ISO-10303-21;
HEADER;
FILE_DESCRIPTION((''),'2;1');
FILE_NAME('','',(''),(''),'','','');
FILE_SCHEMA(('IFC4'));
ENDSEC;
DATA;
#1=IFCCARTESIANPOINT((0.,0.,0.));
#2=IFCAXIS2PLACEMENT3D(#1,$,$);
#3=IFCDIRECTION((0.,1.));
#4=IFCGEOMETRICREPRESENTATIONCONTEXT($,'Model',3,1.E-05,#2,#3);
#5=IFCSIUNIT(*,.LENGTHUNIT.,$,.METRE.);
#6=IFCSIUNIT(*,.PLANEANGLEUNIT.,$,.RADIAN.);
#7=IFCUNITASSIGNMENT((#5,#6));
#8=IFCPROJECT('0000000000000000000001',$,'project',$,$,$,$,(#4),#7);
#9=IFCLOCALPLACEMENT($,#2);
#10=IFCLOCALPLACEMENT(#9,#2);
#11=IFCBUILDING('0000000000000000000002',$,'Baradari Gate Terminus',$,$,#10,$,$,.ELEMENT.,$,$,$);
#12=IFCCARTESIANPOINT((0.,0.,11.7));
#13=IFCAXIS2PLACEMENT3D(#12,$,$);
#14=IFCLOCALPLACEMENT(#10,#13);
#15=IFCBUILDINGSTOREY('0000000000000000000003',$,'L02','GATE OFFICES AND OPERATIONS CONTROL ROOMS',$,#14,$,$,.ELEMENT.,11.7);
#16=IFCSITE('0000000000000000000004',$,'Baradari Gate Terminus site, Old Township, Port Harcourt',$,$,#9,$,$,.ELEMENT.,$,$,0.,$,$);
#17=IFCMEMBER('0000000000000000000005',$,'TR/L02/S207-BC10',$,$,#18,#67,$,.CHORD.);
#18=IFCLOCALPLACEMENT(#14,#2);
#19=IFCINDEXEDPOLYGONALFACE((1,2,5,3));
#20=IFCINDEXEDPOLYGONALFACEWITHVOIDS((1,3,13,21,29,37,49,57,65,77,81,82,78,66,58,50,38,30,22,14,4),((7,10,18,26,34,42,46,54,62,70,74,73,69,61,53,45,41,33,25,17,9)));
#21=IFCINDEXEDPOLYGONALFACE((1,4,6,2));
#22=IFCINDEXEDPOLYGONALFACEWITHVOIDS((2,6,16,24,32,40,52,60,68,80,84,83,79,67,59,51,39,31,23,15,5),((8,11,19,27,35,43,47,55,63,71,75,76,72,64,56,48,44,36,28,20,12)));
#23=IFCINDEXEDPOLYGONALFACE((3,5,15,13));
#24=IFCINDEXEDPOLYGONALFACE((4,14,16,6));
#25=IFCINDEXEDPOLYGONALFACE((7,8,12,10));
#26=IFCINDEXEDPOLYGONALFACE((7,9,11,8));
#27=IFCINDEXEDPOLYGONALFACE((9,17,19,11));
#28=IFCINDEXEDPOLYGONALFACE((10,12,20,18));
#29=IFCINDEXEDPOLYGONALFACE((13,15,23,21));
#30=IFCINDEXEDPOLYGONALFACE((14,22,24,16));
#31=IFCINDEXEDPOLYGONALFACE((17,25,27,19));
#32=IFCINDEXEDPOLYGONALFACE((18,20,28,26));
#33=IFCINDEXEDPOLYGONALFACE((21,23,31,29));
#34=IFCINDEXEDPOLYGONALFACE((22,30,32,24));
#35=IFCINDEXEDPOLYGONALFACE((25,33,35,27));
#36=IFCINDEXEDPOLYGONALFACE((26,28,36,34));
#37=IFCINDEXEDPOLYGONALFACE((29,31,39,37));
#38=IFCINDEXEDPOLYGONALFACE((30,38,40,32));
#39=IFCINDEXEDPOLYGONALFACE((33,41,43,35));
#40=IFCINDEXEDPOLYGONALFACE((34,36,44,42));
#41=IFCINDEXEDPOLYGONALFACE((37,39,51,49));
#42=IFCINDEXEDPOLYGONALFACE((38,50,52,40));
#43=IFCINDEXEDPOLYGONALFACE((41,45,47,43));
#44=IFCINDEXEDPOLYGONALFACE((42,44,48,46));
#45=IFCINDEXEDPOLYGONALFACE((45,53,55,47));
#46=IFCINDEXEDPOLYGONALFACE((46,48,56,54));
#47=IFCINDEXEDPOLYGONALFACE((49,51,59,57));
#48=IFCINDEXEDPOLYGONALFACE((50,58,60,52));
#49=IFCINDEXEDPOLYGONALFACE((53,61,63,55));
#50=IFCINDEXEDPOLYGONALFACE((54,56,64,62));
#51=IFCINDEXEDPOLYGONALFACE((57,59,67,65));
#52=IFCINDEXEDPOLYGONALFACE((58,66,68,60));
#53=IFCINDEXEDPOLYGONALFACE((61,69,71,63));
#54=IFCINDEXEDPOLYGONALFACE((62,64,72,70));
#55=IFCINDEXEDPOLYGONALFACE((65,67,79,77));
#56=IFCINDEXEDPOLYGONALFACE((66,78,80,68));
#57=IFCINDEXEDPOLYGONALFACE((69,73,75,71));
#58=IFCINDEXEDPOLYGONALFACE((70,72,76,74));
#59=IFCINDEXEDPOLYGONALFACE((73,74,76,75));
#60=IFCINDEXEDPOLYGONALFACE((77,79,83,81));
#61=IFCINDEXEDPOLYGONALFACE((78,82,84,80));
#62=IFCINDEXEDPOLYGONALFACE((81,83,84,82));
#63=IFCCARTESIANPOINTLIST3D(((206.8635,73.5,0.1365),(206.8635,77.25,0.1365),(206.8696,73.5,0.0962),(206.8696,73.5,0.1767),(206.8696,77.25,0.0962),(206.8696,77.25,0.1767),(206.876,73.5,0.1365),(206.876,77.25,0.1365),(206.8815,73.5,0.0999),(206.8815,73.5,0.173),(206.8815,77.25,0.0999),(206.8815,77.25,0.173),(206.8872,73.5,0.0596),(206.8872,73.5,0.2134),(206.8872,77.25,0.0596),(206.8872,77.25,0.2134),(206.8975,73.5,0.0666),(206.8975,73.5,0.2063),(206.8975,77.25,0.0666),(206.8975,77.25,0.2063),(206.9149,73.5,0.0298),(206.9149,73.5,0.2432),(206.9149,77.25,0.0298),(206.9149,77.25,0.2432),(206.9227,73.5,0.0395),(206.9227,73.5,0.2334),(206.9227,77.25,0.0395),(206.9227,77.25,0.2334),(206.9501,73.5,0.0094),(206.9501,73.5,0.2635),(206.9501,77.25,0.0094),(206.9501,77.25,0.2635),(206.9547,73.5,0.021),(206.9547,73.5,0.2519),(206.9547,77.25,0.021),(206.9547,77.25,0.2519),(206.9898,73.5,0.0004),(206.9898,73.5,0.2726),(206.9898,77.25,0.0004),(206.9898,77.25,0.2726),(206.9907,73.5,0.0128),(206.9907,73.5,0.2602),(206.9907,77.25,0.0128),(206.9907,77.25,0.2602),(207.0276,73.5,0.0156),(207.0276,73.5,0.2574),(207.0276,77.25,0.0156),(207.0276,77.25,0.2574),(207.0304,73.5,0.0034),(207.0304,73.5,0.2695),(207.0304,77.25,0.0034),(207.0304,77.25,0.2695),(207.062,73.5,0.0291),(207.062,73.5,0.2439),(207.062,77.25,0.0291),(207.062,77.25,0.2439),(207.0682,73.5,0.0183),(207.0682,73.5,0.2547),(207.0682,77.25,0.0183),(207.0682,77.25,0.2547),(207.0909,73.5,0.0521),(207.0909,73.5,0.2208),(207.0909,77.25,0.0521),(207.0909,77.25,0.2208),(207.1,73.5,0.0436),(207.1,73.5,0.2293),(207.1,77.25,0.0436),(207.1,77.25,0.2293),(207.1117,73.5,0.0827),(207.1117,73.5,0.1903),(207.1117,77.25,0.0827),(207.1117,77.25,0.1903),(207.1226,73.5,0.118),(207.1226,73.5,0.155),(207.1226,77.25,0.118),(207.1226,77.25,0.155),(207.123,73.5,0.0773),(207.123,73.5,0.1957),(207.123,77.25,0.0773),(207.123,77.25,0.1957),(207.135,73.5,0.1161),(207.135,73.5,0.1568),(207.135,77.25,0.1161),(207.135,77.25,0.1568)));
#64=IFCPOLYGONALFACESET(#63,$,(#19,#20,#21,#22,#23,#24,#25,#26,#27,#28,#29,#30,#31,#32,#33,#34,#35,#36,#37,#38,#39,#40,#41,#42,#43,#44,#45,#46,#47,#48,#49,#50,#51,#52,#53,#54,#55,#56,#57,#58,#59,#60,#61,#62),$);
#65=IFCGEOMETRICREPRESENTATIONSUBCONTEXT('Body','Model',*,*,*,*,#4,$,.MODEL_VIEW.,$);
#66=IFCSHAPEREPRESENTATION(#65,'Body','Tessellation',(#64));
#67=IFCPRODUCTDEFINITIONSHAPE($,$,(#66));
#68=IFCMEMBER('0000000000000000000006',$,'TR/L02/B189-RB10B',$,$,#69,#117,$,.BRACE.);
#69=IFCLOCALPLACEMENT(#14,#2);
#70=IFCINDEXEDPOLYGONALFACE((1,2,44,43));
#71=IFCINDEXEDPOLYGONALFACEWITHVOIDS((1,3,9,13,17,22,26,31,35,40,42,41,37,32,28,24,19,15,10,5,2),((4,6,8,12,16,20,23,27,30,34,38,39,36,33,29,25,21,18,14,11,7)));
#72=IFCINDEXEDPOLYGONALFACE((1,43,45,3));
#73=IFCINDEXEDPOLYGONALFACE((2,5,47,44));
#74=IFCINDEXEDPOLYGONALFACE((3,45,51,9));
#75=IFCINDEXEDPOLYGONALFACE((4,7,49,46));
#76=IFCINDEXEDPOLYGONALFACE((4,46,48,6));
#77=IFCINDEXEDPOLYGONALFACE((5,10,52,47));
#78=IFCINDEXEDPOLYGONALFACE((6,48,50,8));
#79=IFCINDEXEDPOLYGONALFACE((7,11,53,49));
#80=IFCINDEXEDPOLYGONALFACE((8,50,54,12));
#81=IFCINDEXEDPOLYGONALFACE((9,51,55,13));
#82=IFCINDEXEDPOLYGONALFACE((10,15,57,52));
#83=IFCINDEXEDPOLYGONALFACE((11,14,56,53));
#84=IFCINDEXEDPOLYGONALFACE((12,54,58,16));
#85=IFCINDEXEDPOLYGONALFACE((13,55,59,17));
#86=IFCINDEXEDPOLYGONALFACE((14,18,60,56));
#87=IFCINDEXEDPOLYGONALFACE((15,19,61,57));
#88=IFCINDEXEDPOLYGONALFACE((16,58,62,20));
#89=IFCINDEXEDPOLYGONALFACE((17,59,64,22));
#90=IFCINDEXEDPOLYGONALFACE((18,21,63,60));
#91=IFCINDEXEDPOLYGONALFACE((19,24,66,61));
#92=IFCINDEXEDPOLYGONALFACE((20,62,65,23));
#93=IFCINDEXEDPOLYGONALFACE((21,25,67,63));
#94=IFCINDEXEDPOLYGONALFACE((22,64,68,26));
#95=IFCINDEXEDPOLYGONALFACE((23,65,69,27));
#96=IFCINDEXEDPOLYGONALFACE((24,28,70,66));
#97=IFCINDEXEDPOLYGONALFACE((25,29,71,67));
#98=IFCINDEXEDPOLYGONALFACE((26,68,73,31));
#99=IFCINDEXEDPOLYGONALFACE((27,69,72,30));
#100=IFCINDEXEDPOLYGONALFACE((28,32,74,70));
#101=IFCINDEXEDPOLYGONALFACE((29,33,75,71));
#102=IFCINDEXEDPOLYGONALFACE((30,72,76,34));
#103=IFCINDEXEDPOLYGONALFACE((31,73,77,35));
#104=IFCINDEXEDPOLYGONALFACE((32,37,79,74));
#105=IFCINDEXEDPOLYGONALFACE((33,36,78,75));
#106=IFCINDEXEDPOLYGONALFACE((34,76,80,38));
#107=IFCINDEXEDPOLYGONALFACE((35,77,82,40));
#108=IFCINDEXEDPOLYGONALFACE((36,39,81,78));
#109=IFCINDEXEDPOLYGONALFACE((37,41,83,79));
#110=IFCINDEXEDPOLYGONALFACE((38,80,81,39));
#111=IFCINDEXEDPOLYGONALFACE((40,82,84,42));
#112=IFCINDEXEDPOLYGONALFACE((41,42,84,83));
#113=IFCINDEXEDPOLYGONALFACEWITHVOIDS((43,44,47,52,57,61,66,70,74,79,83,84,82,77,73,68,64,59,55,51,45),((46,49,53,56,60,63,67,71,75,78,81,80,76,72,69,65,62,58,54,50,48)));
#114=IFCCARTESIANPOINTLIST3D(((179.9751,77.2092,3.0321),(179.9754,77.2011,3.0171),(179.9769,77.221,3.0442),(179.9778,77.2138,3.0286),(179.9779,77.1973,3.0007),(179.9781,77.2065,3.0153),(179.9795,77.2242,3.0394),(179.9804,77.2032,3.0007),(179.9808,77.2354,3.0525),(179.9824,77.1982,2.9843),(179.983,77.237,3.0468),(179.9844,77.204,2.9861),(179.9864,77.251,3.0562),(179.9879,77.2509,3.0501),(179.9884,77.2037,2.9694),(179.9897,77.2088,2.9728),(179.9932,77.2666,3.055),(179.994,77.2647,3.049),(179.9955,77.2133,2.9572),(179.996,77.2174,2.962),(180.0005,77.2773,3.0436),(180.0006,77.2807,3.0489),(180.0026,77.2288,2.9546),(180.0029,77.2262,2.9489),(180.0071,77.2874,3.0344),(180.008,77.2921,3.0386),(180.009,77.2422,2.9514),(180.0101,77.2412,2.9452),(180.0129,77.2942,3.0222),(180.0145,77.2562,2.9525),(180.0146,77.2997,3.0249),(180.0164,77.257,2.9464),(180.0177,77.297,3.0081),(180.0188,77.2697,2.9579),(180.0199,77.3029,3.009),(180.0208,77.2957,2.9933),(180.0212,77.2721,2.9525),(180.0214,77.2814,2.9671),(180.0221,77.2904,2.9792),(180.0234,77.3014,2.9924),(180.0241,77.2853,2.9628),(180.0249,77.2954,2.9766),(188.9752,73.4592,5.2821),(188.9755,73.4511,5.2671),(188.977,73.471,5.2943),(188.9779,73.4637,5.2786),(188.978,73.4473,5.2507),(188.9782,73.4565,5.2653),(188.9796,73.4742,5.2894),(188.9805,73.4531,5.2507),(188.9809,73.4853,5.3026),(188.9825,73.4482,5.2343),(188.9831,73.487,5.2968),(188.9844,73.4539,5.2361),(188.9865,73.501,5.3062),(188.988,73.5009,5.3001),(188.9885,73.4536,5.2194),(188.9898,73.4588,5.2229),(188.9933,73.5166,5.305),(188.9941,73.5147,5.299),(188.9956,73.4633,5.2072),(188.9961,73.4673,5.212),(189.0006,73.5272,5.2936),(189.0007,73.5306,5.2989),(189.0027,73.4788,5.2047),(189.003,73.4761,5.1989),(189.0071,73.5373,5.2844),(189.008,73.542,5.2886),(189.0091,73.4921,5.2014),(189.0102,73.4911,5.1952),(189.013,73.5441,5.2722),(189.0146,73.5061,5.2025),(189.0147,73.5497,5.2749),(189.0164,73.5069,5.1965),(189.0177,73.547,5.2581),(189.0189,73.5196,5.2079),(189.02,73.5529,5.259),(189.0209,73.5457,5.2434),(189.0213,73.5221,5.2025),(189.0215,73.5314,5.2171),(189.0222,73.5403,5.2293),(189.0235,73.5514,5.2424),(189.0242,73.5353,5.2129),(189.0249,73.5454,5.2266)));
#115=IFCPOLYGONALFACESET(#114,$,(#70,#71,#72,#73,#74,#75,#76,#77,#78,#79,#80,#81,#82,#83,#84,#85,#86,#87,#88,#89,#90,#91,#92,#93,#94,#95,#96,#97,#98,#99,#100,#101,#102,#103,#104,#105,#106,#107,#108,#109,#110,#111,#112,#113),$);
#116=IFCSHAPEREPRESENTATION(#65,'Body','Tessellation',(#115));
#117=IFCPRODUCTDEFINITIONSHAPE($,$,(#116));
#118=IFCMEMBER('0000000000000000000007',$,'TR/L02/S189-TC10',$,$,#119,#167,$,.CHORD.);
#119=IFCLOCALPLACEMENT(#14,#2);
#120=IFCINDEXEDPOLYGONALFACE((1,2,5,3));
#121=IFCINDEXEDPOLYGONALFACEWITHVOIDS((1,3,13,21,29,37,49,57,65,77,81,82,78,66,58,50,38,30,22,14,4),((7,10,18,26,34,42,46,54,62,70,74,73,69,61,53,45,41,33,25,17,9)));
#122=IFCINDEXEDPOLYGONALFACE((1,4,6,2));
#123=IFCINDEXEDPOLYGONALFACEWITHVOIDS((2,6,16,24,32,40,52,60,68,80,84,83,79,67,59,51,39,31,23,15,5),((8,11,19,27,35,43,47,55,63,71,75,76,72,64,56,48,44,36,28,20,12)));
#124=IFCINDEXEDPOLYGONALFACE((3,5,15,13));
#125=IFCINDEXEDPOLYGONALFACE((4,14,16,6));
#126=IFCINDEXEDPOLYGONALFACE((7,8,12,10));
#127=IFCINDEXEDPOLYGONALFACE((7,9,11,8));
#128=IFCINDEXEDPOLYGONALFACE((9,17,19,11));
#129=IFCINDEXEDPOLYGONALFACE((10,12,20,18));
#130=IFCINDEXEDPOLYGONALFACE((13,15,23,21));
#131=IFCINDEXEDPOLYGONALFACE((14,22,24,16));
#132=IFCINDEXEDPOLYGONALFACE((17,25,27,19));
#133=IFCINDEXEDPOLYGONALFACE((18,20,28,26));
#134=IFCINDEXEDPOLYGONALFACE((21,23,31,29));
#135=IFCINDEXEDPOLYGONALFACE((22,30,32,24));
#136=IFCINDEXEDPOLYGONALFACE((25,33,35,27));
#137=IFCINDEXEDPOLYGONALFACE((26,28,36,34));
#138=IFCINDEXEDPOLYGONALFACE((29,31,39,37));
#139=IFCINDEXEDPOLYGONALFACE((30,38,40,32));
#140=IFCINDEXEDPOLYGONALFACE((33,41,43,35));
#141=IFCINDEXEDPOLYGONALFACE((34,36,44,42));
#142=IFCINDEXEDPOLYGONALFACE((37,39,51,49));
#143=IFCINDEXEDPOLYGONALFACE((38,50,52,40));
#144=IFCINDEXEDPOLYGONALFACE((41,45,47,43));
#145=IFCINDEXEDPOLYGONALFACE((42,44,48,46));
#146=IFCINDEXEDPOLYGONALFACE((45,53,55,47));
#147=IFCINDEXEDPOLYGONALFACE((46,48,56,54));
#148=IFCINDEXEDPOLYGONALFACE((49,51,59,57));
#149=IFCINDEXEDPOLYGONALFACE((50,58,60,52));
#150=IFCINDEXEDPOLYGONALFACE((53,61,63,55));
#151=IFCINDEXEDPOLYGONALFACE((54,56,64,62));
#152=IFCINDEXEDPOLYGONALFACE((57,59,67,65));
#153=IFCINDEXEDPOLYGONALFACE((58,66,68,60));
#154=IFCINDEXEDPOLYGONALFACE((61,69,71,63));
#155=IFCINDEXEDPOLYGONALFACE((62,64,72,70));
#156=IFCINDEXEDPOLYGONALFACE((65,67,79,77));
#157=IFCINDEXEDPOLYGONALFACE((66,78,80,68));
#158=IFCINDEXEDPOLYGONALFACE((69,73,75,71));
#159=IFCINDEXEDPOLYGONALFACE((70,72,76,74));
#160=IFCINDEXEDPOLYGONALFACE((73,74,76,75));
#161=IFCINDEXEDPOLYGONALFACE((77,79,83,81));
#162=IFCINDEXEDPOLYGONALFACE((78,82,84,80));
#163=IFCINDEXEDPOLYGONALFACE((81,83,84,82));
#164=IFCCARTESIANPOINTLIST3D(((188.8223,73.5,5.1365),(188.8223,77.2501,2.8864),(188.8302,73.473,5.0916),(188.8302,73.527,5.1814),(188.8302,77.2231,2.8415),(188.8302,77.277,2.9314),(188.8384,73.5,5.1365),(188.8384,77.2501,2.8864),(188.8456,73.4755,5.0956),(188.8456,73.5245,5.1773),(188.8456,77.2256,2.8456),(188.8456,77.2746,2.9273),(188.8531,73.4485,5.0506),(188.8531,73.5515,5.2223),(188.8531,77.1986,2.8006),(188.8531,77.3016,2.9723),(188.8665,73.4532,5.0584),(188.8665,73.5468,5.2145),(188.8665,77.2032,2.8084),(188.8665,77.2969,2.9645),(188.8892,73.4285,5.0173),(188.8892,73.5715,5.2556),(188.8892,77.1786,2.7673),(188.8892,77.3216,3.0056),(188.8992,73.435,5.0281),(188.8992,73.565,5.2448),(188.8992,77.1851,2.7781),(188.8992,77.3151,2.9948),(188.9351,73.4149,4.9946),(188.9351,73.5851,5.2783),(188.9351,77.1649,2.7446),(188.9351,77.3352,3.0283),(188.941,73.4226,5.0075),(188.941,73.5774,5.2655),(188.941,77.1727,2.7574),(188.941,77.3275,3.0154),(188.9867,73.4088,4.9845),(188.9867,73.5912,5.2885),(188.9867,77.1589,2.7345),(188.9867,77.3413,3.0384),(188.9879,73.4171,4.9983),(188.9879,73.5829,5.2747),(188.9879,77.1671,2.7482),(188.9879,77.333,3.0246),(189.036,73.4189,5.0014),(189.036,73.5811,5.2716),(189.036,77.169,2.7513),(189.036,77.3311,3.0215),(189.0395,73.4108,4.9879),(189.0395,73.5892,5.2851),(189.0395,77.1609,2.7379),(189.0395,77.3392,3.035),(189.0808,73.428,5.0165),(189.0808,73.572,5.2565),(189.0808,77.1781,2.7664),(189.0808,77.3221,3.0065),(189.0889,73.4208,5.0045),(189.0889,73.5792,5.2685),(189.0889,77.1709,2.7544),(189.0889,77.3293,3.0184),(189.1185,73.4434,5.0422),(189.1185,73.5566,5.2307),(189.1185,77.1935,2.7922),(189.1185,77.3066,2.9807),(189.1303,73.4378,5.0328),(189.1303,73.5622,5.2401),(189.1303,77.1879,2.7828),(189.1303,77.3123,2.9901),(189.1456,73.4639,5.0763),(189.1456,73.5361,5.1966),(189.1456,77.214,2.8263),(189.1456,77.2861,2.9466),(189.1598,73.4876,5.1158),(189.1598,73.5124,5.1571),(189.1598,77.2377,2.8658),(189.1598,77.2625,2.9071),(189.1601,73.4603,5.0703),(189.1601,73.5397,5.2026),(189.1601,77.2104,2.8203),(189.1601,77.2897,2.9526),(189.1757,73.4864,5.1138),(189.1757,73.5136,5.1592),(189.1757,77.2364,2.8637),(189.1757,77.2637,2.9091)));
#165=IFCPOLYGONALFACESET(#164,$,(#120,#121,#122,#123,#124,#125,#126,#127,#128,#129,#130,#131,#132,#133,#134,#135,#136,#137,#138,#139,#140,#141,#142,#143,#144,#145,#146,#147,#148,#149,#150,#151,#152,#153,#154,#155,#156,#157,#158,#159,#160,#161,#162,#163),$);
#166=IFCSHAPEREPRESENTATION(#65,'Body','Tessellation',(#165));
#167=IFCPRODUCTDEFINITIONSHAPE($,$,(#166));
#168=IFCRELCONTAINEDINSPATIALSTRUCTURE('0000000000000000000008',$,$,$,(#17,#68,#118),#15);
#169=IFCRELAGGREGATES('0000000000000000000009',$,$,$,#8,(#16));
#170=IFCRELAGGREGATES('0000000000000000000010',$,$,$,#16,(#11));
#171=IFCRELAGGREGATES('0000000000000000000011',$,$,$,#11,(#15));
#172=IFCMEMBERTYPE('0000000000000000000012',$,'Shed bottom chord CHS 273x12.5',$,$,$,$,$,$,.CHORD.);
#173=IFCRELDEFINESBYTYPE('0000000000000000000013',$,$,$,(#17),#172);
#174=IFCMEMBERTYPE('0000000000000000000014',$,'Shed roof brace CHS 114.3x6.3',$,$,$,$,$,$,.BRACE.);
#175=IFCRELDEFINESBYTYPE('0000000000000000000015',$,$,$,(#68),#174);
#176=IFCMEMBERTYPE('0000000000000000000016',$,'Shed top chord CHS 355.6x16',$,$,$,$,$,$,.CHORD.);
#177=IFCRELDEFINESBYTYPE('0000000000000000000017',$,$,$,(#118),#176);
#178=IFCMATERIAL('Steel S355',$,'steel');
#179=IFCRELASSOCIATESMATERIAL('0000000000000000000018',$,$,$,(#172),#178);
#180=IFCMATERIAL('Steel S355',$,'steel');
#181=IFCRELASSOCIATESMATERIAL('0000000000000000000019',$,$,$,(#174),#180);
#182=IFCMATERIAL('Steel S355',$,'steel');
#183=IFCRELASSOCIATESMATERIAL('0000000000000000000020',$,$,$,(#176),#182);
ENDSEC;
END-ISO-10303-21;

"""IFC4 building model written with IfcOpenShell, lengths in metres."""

from ifc_helpers import new_model, si_unit, direction, frame, origin, origin_2d, place, context, subcontext, project, spatial, hollow_circle, extrude, material, material_profile, profile_set, type_object, element, save


model = new_model("IFC4")

# Units and contexts
model_context = context("Model", 3, precision=1e-05, world=origin(), true_north=direction((0.0, 1.0)))
body_context = subcontext(model_context, "Body", "Model", "MODEL_VIEW")
ifc_project = project(units=[si_unit("LENGTHUNIT", "METRE"), si_unit("PLANEANGLEUNIT", "RADIAN")], contexts=[model_context])

# Site, building, storey
site_placement = place(None, origin())
site = spatial("IfcSite", under=ifc_project, at=site_placement, Name="Baradari Gate Terminus site, Old Township, Port Harcourt", CompositionType="ELEMENT", RefElevation=0.0)
building_placement = place(site_placement, origin())
building = spatial("IfcBuilding", under=site, at=building_placement, Name="Baradari Gate Terminus", CompositionType="ELEMENT")
storey_placement = place(building_placement, frame((0.0, 0.0, 11.7)))
storey = spatial("IfcBuildingStorey", under=building, at=storey_placement, Name="L02", Description="GATE OFFICES AND OPERATIONS CONTROL ROOMS", CompositionType="ELEMENT", Elevation=11.7)

# Members
ifc_material_1 = material(Name="Steel S355", Category="steel")
ifc_material_profile_1 = material_profile(ifc_material_1, hollow_circle(Radius=0.1365, WallThickness=0.0125, at=origin_2d()), Name="CHS 273x12.5")
ifc_profile_set_1 = profile_set([ifc_material_profile_1], Name="Steel S355")
member_type_1 = type_object("IfcMemberType", Name="Shed bottom chord CHS 273x12.5", PredefinedType="CHORD", material=ifc_profile_set_1)
for number, where, z_axis, x_axis, name in (
    (1, (207.0, 73.5, 0.1365), (0.0, 1.0, 0.0), (-1.0, 0.0, 0.0), "TR/L02/S207-BC10"),
):
    element("IfcMember", number, at=place(storey_placement, frame(where, z_axis=z_axis, x_axis=x_axis)), inside=storey, type_object=member_type_1, Name=name, PredefinedType="CHORD", context=body_context, shape_type="SweptSolid", body=[
        extrude(hollow_circle(Radius=0.1365, WallThickness=0.0125, at=origin_2d()), origin(), (0.0, 0.0, 1.0), 3.75),
    ])
ifc_material_2 = material(Name="Steel S355", Category="steel")
ifc_material_profile_2 = material_profile(ifc_material_2, hollow_circle(Radius=0.0571, WallThickness=0.0063, at=origin_2d()), Name="CHS 114.3x6.3")
ifc_profile_set_2 = profile_set([ifc_material_profile_2], Name="Steel S355")
member_type_2 = type_object("IfcMemberType", Name="Shed roof brace CHS 114.3x6.3", PredefinedType="BRACE", material=ifc_profile_set_2)
member_1_placement = place(storey_placement, frame((189.0, 73.5, 5.2507), z_axis=(-0.899438, 0.374766, -0.22486), x_axis=(-0.384615, -0.923077, 0.0)))
element("IfcMember", 2, at=member_1_placement, inside=storey, type_object=member_type_2, Name="TR/L02/B189-RB10B", PredefinedType="BRACE", context=body_context, shape_type="SweptSolid", body=[
    extrude(hollow_circle(Radius=0.0571, WallThickness=0.0063, at=origin_2d()), origin(), (0.0, 0.0, 1.0), 10.0063),
])
ifc_material_3 = material(Name="Steel S355", Category="steel")
ifc_material_profile_3 = material_profile(ifc_material_3, hollow_circle(Radius=0.1777, WallThickness=0.0161, at=origin_2d()), Name="CHS 355.6x16")
ifc_profile_set_3 = profile_set([ifc_material_profile_3], Name="Steel S355")
member_type_3 = type_object("IfcMemberType", Name="Shed top chord CHS 355.6x16", PredefinedType="CHORD", material=ifc_profile_set_3)
for number, where, z_axis, x_axis, name in (
    (3, (189.0, 73.5, 5.1365), (0.0, 0.857493, -0.514496), (-1.0, 0.0, 0.0), "TR/L02/S189-TC10"),
):
    element("IfcMember", number, at=place(storey_placement, frame(where, z_axis=z_axis, x_axis=x_axis)), inside=storey, type_object=member_type_3, Name=name, PredefinedType="CHORD", context=body_context, shape_type="SweptSolid", body=[
        extrude(hollow_circle(Radius=0.1777, WallThickness=0.0161, at=origin_2d()), origin(), (0.0, 0.0, 1.0), 4.3733),
    ])

save(model, "model.ifc")
